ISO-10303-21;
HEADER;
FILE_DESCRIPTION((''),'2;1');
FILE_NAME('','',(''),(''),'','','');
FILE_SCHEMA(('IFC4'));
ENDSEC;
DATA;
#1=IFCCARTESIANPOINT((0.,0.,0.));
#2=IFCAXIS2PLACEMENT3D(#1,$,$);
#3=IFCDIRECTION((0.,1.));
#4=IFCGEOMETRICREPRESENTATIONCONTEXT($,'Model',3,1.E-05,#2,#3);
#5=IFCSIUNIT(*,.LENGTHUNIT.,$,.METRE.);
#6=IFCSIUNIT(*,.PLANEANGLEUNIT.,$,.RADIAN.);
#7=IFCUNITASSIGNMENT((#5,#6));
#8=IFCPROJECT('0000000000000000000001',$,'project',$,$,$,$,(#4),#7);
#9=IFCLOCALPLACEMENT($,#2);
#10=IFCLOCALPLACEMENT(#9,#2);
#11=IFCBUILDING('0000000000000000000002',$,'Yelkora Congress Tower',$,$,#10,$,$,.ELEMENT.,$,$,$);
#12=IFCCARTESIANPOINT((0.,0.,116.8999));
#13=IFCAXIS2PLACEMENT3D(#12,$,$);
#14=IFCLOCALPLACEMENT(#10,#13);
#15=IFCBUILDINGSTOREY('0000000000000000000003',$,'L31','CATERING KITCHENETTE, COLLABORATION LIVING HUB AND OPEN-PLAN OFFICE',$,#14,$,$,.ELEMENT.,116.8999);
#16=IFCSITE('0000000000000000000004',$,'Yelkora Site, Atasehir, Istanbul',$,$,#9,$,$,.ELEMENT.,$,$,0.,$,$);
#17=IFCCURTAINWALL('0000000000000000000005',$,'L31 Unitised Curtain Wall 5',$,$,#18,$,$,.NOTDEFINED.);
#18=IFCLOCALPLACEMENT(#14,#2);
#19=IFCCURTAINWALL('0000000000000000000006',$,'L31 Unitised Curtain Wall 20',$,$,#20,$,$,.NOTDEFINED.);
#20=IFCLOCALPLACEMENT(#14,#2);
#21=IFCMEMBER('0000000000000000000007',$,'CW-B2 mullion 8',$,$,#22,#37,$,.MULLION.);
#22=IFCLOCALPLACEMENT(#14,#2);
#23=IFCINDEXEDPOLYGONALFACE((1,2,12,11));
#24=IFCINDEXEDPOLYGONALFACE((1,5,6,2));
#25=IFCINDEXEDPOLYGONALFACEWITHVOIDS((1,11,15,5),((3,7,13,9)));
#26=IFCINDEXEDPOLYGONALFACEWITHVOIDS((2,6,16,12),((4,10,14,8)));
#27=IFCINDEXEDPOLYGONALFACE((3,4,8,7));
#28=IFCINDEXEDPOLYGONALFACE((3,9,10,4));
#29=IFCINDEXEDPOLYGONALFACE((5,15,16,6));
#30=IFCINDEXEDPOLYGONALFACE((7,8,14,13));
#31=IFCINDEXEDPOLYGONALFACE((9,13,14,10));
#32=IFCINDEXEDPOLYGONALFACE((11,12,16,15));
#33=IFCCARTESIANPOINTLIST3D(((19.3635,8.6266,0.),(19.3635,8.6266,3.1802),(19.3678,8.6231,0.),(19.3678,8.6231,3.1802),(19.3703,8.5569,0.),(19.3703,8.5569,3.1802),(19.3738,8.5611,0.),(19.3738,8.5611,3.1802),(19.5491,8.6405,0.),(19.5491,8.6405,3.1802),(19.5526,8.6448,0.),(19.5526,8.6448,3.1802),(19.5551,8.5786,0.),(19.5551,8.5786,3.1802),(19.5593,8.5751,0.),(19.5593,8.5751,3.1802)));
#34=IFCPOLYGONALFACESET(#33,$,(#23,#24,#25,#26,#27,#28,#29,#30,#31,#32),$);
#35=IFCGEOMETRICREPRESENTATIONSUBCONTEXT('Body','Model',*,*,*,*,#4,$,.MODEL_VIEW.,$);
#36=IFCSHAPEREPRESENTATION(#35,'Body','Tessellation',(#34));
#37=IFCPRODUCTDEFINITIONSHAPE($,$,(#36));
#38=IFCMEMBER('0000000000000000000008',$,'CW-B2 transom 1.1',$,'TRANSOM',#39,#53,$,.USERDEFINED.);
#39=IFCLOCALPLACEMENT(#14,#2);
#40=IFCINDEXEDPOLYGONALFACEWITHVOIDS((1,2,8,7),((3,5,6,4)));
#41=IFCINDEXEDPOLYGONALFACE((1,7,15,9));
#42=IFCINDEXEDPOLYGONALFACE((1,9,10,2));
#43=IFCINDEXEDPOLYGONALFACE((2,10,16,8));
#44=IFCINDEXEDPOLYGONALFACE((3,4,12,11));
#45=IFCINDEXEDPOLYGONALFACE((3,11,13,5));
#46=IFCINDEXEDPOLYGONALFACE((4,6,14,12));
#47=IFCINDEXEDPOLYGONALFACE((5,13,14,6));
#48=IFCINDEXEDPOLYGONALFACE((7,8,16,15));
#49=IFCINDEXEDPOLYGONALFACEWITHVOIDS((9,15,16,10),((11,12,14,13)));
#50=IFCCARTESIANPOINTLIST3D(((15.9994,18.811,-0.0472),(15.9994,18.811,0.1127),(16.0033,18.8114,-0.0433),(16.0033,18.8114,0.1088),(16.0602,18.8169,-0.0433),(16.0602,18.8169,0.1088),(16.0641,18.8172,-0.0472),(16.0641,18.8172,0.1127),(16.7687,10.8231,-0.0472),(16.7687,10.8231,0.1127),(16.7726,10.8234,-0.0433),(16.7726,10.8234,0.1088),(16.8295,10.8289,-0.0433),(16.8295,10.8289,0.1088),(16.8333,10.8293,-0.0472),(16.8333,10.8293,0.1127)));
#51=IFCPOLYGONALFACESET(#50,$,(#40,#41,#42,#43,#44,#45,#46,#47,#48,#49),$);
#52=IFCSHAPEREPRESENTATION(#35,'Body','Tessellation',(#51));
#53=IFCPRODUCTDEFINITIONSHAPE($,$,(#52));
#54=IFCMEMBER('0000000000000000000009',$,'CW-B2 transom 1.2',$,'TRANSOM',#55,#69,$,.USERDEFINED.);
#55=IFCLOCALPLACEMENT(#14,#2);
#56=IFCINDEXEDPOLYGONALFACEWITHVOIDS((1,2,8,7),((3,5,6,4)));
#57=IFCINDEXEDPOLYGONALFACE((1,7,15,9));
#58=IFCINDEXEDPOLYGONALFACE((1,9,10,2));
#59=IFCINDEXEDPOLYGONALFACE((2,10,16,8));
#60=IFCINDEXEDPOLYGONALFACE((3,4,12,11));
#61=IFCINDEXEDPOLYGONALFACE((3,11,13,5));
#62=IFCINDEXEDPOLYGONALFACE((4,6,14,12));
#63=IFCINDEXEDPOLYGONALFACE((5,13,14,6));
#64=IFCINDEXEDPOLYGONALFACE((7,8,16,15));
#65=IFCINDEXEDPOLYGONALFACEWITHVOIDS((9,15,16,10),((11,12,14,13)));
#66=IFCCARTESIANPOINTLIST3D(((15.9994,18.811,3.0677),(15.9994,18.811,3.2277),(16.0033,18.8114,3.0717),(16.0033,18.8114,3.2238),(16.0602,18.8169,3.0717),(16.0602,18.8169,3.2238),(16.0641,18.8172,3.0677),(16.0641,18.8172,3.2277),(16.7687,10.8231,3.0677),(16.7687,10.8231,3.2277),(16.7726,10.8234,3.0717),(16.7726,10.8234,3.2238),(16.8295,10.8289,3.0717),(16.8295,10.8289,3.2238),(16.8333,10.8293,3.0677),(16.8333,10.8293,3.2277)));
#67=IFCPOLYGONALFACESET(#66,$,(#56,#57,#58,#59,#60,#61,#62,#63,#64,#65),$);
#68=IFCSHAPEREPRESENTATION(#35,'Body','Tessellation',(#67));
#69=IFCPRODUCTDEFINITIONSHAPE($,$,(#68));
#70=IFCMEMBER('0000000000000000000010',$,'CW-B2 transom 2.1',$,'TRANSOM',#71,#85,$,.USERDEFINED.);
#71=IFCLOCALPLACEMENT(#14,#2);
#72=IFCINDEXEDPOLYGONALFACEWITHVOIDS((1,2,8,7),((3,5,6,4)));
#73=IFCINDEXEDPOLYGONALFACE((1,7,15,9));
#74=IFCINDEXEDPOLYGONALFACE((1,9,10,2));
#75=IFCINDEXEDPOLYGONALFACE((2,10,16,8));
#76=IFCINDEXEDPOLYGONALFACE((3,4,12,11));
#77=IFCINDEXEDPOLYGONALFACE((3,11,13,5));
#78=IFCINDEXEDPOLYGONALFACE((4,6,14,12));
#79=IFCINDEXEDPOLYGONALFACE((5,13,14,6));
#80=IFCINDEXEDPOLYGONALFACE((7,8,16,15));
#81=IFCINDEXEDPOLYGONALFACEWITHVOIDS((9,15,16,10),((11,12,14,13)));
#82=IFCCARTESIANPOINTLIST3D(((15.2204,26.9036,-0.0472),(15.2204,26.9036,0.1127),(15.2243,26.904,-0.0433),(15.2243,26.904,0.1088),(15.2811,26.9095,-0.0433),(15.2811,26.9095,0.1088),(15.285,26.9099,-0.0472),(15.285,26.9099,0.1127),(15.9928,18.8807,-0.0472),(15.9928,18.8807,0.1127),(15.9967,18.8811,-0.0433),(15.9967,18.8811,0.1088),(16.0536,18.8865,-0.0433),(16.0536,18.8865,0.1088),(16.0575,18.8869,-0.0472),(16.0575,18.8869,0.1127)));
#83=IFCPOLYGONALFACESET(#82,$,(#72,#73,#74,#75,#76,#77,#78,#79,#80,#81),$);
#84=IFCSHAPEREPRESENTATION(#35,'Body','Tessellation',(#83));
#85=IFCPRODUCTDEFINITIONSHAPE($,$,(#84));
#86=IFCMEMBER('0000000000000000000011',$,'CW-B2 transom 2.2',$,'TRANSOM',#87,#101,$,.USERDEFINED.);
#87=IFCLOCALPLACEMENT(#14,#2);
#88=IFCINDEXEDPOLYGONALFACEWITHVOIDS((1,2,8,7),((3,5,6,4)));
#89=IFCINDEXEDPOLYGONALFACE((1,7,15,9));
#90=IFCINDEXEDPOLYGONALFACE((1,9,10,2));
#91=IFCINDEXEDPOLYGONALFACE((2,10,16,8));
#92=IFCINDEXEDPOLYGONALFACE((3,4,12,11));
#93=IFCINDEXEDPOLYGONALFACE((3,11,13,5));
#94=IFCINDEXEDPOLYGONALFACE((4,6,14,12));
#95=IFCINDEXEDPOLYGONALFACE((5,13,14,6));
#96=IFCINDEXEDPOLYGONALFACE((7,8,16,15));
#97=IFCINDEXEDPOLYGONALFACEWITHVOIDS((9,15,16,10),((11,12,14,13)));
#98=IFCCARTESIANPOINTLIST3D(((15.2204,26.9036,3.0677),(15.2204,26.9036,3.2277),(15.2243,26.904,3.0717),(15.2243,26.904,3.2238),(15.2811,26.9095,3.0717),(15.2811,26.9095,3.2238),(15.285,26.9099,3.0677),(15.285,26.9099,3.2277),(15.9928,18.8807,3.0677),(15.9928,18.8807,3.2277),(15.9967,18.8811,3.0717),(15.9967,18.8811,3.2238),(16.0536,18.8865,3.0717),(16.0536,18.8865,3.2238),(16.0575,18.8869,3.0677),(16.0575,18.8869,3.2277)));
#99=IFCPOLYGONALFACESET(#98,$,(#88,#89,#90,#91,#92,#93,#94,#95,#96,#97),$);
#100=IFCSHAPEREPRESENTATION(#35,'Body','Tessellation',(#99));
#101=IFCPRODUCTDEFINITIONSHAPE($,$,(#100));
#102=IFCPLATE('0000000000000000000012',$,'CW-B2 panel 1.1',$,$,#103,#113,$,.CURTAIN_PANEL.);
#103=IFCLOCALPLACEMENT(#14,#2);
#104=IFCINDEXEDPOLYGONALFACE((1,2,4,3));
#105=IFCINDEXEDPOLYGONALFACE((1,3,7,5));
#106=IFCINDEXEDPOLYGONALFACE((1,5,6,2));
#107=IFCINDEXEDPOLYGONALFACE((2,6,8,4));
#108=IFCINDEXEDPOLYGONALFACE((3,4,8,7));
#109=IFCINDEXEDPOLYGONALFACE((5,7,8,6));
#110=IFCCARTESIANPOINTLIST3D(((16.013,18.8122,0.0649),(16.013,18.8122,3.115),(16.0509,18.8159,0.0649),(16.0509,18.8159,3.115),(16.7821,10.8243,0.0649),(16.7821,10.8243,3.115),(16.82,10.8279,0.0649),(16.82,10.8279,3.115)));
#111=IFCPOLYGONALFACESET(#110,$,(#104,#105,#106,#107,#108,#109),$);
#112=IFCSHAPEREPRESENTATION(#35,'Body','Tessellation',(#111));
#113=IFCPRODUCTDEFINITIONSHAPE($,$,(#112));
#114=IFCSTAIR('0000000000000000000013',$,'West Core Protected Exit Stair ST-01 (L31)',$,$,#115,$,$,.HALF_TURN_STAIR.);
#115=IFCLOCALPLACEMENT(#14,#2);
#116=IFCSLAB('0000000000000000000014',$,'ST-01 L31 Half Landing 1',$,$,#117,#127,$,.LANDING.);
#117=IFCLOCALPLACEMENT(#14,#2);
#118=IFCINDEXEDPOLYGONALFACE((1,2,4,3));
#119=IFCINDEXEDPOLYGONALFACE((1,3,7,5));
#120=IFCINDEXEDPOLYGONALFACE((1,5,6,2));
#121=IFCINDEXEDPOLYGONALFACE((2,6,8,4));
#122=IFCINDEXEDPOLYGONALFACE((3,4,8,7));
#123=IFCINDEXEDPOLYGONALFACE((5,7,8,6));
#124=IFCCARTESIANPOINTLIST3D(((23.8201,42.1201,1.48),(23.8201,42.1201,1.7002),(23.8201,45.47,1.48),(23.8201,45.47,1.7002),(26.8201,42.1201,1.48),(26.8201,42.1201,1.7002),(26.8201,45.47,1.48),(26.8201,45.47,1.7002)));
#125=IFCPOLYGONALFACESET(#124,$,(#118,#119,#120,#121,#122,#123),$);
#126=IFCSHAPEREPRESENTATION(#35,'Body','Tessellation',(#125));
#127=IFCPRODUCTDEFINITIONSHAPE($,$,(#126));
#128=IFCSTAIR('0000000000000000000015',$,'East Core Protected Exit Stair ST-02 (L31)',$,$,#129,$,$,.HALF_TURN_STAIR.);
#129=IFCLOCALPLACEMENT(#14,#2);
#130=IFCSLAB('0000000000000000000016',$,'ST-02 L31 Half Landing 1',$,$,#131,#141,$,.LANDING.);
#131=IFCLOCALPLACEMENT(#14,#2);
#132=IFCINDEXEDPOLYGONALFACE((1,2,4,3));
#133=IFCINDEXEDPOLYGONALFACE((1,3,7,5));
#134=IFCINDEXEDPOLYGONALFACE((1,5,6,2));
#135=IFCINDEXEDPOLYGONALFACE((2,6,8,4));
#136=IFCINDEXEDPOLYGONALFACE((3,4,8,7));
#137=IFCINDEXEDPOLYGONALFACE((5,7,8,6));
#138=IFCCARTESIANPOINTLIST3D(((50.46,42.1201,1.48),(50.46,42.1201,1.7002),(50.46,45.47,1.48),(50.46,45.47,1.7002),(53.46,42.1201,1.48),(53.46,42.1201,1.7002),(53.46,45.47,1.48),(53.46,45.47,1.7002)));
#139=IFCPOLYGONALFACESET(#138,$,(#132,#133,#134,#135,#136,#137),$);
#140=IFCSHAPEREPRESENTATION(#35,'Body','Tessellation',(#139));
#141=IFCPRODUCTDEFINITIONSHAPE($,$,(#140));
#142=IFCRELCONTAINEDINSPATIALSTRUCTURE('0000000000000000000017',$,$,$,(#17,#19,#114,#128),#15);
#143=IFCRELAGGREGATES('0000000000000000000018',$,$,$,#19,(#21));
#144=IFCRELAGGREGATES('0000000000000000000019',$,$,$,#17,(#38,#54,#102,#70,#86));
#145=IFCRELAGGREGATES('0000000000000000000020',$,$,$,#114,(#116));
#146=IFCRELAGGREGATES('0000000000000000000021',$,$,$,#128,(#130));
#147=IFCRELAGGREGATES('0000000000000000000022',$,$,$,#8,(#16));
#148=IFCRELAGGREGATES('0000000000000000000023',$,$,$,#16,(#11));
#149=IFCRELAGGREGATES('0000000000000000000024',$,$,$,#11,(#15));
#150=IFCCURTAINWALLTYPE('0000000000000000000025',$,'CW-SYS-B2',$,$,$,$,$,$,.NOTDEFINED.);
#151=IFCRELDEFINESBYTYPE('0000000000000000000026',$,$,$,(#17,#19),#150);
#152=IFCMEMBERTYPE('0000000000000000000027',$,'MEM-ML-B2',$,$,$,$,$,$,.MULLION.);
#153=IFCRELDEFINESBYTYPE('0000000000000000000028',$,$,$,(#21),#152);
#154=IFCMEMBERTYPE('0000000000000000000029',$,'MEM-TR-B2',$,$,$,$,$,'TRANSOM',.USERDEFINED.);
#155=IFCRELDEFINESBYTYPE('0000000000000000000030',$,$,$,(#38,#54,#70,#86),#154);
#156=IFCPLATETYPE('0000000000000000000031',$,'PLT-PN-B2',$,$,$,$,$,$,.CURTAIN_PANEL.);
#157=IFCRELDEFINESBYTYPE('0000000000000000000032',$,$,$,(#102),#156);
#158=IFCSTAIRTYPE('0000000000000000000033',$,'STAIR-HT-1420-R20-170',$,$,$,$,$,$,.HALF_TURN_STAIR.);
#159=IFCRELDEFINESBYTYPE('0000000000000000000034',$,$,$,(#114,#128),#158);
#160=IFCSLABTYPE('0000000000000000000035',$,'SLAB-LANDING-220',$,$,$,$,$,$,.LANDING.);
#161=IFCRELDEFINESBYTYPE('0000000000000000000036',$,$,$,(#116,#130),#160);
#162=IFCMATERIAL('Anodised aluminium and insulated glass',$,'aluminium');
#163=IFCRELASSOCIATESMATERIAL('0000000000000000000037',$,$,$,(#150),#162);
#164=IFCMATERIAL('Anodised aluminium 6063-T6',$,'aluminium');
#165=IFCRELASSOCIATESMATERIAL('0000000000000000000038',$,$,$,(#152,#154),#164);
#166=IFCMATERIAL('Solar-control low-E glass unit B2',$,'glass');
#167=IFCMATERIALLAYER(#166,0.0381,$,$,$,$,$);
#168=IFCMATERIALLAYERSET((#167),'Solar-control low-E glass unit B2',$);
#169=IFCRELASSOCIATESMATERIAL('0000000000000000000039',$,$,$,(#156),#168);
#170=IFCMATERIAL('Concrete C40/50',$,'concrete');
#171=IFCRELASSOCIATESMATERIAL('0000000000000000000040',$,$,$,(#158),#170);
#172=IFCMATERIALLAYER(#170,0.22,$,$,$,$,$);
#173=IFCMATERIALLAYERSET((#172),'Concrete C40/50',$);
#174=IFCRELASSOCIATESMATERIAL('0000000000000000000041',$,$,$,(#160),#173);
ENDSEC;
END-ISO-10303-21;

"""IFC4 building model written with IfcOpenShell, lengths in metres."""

from ifc_helpers import new_model, si_unit, direction, frame, origin, origin_2d, place, context, subcontext, project, spatial, polyline, rectangle, hollow_rectangle, outline, extrude, material, layer, layer_set, material_profile, profile_set, type_object, element, aggregate, save


model = new_model("IFC4")

# Units and contexts
model_context = context("Model", 3, precision=1e-05, world=origin(), true_north=direction((0.0, 1.0)))
body_context = subcontext(model_context, "Body", "Model", "MODEL_VIEW")
ifc_project = project(units=[si_unit("LENGTHUNIT", "METRE"), si_unit("PLANEANGLEUNIT", "RADIAN")], contexts=[model_context])

# Site, building, storey
site_placement = place(None, origin())
site = spatial("IfcSite", under=ifc_project, at=site_placement, Name="Yelkora Site, Atasehir, Istanbul", CompositionType="ELEMENT", RefElevation=0.0)
building_placement = place(site_placement, origin())
building = spatial("IfcBuilding", under=site, at=building_placement, Name="Yelkora Congress Tower", CompositionType="ELEMENT")
storey_placement = place(building_placement, frame((0.0, 0.0, 116.8999)))
storey = spatial("IfcBuildingStorey", under=building, at=storey_placement, Name="L31", Description="CATERING KITCHENETTE, COLLABORATION LIVING HUB AND OPEN-PLAN OFFICE", CompositionType="ELEMENT", Elevation=116.8999)

# Curtain wall
ifc_material_1 = material(Name="Anodised aluminium and insulated glass", Category="aluminium")
curtain_wall_type = type_object("IfcCurtainWallType", Name="CW-SYS-B2", PredefinedType="NOTDEFINED", material=ifc_material_1)
curtain_wall_1_placement = place(storey_placement, origin())
curtain_wall_1 = element("IfcCurtainWall", 1, at=curtain_wall_1_placement, inside=storey, type_object=curtain_wall_type, Name="L31 Unitised Curtain Wall 5", PredefinedType="NOTDEFINED")
ifc_material_2 = material(Name="Anodised aluminium 6063-T6", Category="aluminium")
ifc_material_profile_1 = material_profile(ifc_material_2, hollow_rectangle(XDim=0.0701, YDim=0.1899, WallThickness=0.0039, at=origin_2d()), Name="ALU 70x190x4")
ifc_profile_set_1 = profile_set([ifc_material_profile_1], Name="Anodised aluminium 6063-T6")
member_type_1 = type_object("IfcMemberType", Name="MEM-ML-B2", PredefinedType="MULLION", material=ifc_profile_set_1)

# Curtain wall, member
curtain_wall_2_placement = place(storey_placement, origin())
curtain_wall_2 = element("IfcCurtainWall", 2, at=curtain_wall_2_placement, inside=storey, type_object=curtain_wall_type, Name="L31 Unitised Curtain Wall 20", PredefinedType="NOTDEFINED")
member_1_placement = place(storey_placement, frame((19.4614, 8.6008, 0.0), z_axis=(0.0, 0.0, 1.0), x_axis=(0.095844, -0.995396, 0.0)))
member_1 = element("IfcMember", 3, at=member_1_placement, type_object=member_type_1, Name="CW-B2 mullion 8", PredefinedType="MULLION", context=body_context, shape_type="SweptSolid", body=[
    extrude(hollow_rectangle(XDim=0.0701, YDim=0.1899, WallThickness=0.0039, at=origin_2d()), origin(), (0.0, 0.0, 1.0), 3.1802),
])
aggregate(curtain_wall_2, [member_1])

# Members
ifc_material_profile_2 = material_profile(ifc_material_2, hollow_rectangle(XDim=0.0649, YDim=0.1599, WallThickness=0.0039, at=origin_2d()), Name="ALU 65x160x4")
ifc_profile_set_2 = profile_set([ifc_material_profile_2], Name="Anodised aluminium 6063-T6")
member_type_2 = type_object("IfcMemberType", Name="MEM-TR-B2", ElementType="TRANSOM", PredefinedType="USERDEFINED", material=ifc_profile_set_2)
member_2_placement = place(storey_placement, frame((16.801, 10.8262, 0.0327), z_axis=(-0.095861, 0.995395, 0.0), x_axis=(-0.995395, -0.095861, 0.0)))
member_2 = element("IfcMember", 4, at=member_2_placement, type_object=member_type_2, Name="CW-B2 transom 1.1", ObjectType="TRANSOM", PredefinedType="USERDEFINED", context=body_context, shape_type="SweptSolid", body=[
    extrude(hollow_rectangle(XDim=0.0649, YDim=0.1599, WallThickness=0.0039, at=origin_2d()), origin(), (0.0, 0.0, 1.0), 8.0249),
])
member_3_placement = place(storey_placement, frame((16.801, 10.8262, 3.1477), z_axis=(-0.095861, 0.995395, 0.0), x_axis=(-0.995395, -0.095861, 0.0)))
member_3 = element("IfcMember", 5, at=member_3_placement, type_object=member_type_2, Name="CW-B2 transom 1.2", ObjectType="TRANSOM", PredefinedType="USERDEFINED", context=body_context, shape_type="SweptSolid", body=[
    extrude(hollow_rectangle(XDim=0.0649, YDim=0.1599, WallThickness=0.0039, at=origin_2d()), origin(), (0.0, 0.0, 1.0), 8.0249),
])
member_4_placement = place(storey_placement, frame((16.0251, 18.8838, 0.0327), z_axis=(-0.095838, 0.995397, 0.0), x_axis=(-0.995397, -0.095838, 0.0)))
member_4 = element("IfcMember", 6, at=member_4_placement, type_object=member_type_2, Name="CW-B2 transom 2.1", ObjectType="TRANSOM", PredefinedType="USERDEFINED", context=body_context, shape_type="SweptSolid", body=[
    extrude(hollow_rectangle(XDim=0.0649, YDim=0.1599, WallThickness=0.0039, at=origin_2d()), origin(), (0.0, 0.0, 1.0), 8.0601),
])
member_5_placement = place(storey_placement, frame((16.0251, 18.8838, 3.1477), z_axis=(-0.095838, 0.995397, 0.0), x_axis=(-0.995397, -0.095838, 0.0)))
member_5 = element("IfcMember", 7, at=member_5_placement, type_object=member_type_2, Name="CW-B2 transom 2.2", ObjectType="TRANSOM", PredefinedType="USERDEFINED", context=body_context, shape_type="SweptSolid", body=[
    extrude(hollow_rectangle(XDim=0.0649, YDim=0.1599, WallThickness=0.0039, at=origin_2d()), origin(), (0.0, 0.0, 1.0), 8.0601),
])

# Plate
ifc_material_3 = material(Name="Solar-control low-E glass unit B2", Category="glass")
ifc_layer_1 = layer(ifc_material_3, 0.0381)
ifc_layer_set_1 = layer_set([ifc_layer_1], Name="Solar-control low-E glass unit B2")
plate_type = type_object("IfcPlateType", Name="PLT-PN-B2", PredefinedType="CURTAIN_PANEL", material=ifc_layer_set_1)
plate_placement = place(storey_placement, frame((16.4165, 14.8201, 0.0649), z_axis=(0.0, 0.0, 1.0), x_axis=(-0.095843, 0.995397, 0.0)))
plate = element("IfcPlate", 8, at=plate_placement, type_object=plate_type, Name="CW-B2 panel 1.1", PredefinedType="CURTAIN_PANEL", context=body_context, shape_type="SweptSolid", body=[
    extrude(rectangle(XDim=8.0249, YDim=0.0381, at=origin_2d()), origin(), (0.0, 0.0, 1.0), 3.05),
])
aggregate(curtain_wall_1, [member_2, member_3, plate, member_4, member_5])

# Stairs, slabs
ifc_material_4 = material(Name="Concrete C40/50", Category="concrete")
stair_type = type_object("IfcStairType", Name="STAIR-HT-1420-R20-170", PredefinedType="HALF_TURN_STAIR", material=ifc_material_4)
stair_1_placement = place(storey_placement, origin())
stair_1 = element("IfcStair", 9, at=stair_1_placement, inside=storey, type_object=stair_type, Name="West Core Protected Exit Stair ST-01 (L31)", PredefinedType="HALF_TURN_STAIR")
ifc_layer_2 = layer(ifc_material_4, 0.22)
ifc_layer_set_2 = layer_set([ifc_layer_2], Name="Concrete C40/50")
slab_type_1 = type_object("IfcSlabType", Name="SLAB-LANDING-220", PredefinedType="LANDING", material=ifc_layer_set_2)
slab_1_placement = place(storey_placement, frame((0.0, 0.0, 1.48)))
slab_1 = element("IfcSlab", 10, at=slab_1_placement, type_object=slab_type_1, Name="ST-01 L31 Half Landing 1", PredefinedType="LANDING", context=body_context, shape_type="SweptSolid", body=[
    extrude(outline(polyline([(26.8201, 42.1201), (26.8201, 45.47), (23.8201, 45.47), (23.8201, 42.1201), (26.8201, 42.1201)])), origin(), (0.0, 0.0, 1.0), 0.2202),
])
aggregate(stair_1, [slab_1])
stair_2_placement = place(storey_placement, origin())
stair_2 = element("IfcStair", 11, at=stair_2_placement, inside=storey, type_object=stair_type, Name="East Core Protected Exit Stair ST-02 (L31)", PredefinedType="HALF_TURN_STAIR")
slab_2_placement = place(storey_placement, frame((0.0, 0.0, 1.48)))
slab_2 = element("IfcSlab", 12, at=slab_2_placement, type_object=slab_type_1, Name="ST-02 L31 Half Landing 1", PredefinedType="LANDING", context=body_context, shape_type="SweptSolid", body=[
    extrude(outline(polyline([(53.46, 42.1201), (53.46, 45.47), (50.46, 45.47), (50.46, 42.1201), (53.46, 42.1201)])), origin(), (0.0, 0.0, 1.0), 0.2202),
])
aggregate(stair_2, [slab_2])

save(model, "model.ifc")
